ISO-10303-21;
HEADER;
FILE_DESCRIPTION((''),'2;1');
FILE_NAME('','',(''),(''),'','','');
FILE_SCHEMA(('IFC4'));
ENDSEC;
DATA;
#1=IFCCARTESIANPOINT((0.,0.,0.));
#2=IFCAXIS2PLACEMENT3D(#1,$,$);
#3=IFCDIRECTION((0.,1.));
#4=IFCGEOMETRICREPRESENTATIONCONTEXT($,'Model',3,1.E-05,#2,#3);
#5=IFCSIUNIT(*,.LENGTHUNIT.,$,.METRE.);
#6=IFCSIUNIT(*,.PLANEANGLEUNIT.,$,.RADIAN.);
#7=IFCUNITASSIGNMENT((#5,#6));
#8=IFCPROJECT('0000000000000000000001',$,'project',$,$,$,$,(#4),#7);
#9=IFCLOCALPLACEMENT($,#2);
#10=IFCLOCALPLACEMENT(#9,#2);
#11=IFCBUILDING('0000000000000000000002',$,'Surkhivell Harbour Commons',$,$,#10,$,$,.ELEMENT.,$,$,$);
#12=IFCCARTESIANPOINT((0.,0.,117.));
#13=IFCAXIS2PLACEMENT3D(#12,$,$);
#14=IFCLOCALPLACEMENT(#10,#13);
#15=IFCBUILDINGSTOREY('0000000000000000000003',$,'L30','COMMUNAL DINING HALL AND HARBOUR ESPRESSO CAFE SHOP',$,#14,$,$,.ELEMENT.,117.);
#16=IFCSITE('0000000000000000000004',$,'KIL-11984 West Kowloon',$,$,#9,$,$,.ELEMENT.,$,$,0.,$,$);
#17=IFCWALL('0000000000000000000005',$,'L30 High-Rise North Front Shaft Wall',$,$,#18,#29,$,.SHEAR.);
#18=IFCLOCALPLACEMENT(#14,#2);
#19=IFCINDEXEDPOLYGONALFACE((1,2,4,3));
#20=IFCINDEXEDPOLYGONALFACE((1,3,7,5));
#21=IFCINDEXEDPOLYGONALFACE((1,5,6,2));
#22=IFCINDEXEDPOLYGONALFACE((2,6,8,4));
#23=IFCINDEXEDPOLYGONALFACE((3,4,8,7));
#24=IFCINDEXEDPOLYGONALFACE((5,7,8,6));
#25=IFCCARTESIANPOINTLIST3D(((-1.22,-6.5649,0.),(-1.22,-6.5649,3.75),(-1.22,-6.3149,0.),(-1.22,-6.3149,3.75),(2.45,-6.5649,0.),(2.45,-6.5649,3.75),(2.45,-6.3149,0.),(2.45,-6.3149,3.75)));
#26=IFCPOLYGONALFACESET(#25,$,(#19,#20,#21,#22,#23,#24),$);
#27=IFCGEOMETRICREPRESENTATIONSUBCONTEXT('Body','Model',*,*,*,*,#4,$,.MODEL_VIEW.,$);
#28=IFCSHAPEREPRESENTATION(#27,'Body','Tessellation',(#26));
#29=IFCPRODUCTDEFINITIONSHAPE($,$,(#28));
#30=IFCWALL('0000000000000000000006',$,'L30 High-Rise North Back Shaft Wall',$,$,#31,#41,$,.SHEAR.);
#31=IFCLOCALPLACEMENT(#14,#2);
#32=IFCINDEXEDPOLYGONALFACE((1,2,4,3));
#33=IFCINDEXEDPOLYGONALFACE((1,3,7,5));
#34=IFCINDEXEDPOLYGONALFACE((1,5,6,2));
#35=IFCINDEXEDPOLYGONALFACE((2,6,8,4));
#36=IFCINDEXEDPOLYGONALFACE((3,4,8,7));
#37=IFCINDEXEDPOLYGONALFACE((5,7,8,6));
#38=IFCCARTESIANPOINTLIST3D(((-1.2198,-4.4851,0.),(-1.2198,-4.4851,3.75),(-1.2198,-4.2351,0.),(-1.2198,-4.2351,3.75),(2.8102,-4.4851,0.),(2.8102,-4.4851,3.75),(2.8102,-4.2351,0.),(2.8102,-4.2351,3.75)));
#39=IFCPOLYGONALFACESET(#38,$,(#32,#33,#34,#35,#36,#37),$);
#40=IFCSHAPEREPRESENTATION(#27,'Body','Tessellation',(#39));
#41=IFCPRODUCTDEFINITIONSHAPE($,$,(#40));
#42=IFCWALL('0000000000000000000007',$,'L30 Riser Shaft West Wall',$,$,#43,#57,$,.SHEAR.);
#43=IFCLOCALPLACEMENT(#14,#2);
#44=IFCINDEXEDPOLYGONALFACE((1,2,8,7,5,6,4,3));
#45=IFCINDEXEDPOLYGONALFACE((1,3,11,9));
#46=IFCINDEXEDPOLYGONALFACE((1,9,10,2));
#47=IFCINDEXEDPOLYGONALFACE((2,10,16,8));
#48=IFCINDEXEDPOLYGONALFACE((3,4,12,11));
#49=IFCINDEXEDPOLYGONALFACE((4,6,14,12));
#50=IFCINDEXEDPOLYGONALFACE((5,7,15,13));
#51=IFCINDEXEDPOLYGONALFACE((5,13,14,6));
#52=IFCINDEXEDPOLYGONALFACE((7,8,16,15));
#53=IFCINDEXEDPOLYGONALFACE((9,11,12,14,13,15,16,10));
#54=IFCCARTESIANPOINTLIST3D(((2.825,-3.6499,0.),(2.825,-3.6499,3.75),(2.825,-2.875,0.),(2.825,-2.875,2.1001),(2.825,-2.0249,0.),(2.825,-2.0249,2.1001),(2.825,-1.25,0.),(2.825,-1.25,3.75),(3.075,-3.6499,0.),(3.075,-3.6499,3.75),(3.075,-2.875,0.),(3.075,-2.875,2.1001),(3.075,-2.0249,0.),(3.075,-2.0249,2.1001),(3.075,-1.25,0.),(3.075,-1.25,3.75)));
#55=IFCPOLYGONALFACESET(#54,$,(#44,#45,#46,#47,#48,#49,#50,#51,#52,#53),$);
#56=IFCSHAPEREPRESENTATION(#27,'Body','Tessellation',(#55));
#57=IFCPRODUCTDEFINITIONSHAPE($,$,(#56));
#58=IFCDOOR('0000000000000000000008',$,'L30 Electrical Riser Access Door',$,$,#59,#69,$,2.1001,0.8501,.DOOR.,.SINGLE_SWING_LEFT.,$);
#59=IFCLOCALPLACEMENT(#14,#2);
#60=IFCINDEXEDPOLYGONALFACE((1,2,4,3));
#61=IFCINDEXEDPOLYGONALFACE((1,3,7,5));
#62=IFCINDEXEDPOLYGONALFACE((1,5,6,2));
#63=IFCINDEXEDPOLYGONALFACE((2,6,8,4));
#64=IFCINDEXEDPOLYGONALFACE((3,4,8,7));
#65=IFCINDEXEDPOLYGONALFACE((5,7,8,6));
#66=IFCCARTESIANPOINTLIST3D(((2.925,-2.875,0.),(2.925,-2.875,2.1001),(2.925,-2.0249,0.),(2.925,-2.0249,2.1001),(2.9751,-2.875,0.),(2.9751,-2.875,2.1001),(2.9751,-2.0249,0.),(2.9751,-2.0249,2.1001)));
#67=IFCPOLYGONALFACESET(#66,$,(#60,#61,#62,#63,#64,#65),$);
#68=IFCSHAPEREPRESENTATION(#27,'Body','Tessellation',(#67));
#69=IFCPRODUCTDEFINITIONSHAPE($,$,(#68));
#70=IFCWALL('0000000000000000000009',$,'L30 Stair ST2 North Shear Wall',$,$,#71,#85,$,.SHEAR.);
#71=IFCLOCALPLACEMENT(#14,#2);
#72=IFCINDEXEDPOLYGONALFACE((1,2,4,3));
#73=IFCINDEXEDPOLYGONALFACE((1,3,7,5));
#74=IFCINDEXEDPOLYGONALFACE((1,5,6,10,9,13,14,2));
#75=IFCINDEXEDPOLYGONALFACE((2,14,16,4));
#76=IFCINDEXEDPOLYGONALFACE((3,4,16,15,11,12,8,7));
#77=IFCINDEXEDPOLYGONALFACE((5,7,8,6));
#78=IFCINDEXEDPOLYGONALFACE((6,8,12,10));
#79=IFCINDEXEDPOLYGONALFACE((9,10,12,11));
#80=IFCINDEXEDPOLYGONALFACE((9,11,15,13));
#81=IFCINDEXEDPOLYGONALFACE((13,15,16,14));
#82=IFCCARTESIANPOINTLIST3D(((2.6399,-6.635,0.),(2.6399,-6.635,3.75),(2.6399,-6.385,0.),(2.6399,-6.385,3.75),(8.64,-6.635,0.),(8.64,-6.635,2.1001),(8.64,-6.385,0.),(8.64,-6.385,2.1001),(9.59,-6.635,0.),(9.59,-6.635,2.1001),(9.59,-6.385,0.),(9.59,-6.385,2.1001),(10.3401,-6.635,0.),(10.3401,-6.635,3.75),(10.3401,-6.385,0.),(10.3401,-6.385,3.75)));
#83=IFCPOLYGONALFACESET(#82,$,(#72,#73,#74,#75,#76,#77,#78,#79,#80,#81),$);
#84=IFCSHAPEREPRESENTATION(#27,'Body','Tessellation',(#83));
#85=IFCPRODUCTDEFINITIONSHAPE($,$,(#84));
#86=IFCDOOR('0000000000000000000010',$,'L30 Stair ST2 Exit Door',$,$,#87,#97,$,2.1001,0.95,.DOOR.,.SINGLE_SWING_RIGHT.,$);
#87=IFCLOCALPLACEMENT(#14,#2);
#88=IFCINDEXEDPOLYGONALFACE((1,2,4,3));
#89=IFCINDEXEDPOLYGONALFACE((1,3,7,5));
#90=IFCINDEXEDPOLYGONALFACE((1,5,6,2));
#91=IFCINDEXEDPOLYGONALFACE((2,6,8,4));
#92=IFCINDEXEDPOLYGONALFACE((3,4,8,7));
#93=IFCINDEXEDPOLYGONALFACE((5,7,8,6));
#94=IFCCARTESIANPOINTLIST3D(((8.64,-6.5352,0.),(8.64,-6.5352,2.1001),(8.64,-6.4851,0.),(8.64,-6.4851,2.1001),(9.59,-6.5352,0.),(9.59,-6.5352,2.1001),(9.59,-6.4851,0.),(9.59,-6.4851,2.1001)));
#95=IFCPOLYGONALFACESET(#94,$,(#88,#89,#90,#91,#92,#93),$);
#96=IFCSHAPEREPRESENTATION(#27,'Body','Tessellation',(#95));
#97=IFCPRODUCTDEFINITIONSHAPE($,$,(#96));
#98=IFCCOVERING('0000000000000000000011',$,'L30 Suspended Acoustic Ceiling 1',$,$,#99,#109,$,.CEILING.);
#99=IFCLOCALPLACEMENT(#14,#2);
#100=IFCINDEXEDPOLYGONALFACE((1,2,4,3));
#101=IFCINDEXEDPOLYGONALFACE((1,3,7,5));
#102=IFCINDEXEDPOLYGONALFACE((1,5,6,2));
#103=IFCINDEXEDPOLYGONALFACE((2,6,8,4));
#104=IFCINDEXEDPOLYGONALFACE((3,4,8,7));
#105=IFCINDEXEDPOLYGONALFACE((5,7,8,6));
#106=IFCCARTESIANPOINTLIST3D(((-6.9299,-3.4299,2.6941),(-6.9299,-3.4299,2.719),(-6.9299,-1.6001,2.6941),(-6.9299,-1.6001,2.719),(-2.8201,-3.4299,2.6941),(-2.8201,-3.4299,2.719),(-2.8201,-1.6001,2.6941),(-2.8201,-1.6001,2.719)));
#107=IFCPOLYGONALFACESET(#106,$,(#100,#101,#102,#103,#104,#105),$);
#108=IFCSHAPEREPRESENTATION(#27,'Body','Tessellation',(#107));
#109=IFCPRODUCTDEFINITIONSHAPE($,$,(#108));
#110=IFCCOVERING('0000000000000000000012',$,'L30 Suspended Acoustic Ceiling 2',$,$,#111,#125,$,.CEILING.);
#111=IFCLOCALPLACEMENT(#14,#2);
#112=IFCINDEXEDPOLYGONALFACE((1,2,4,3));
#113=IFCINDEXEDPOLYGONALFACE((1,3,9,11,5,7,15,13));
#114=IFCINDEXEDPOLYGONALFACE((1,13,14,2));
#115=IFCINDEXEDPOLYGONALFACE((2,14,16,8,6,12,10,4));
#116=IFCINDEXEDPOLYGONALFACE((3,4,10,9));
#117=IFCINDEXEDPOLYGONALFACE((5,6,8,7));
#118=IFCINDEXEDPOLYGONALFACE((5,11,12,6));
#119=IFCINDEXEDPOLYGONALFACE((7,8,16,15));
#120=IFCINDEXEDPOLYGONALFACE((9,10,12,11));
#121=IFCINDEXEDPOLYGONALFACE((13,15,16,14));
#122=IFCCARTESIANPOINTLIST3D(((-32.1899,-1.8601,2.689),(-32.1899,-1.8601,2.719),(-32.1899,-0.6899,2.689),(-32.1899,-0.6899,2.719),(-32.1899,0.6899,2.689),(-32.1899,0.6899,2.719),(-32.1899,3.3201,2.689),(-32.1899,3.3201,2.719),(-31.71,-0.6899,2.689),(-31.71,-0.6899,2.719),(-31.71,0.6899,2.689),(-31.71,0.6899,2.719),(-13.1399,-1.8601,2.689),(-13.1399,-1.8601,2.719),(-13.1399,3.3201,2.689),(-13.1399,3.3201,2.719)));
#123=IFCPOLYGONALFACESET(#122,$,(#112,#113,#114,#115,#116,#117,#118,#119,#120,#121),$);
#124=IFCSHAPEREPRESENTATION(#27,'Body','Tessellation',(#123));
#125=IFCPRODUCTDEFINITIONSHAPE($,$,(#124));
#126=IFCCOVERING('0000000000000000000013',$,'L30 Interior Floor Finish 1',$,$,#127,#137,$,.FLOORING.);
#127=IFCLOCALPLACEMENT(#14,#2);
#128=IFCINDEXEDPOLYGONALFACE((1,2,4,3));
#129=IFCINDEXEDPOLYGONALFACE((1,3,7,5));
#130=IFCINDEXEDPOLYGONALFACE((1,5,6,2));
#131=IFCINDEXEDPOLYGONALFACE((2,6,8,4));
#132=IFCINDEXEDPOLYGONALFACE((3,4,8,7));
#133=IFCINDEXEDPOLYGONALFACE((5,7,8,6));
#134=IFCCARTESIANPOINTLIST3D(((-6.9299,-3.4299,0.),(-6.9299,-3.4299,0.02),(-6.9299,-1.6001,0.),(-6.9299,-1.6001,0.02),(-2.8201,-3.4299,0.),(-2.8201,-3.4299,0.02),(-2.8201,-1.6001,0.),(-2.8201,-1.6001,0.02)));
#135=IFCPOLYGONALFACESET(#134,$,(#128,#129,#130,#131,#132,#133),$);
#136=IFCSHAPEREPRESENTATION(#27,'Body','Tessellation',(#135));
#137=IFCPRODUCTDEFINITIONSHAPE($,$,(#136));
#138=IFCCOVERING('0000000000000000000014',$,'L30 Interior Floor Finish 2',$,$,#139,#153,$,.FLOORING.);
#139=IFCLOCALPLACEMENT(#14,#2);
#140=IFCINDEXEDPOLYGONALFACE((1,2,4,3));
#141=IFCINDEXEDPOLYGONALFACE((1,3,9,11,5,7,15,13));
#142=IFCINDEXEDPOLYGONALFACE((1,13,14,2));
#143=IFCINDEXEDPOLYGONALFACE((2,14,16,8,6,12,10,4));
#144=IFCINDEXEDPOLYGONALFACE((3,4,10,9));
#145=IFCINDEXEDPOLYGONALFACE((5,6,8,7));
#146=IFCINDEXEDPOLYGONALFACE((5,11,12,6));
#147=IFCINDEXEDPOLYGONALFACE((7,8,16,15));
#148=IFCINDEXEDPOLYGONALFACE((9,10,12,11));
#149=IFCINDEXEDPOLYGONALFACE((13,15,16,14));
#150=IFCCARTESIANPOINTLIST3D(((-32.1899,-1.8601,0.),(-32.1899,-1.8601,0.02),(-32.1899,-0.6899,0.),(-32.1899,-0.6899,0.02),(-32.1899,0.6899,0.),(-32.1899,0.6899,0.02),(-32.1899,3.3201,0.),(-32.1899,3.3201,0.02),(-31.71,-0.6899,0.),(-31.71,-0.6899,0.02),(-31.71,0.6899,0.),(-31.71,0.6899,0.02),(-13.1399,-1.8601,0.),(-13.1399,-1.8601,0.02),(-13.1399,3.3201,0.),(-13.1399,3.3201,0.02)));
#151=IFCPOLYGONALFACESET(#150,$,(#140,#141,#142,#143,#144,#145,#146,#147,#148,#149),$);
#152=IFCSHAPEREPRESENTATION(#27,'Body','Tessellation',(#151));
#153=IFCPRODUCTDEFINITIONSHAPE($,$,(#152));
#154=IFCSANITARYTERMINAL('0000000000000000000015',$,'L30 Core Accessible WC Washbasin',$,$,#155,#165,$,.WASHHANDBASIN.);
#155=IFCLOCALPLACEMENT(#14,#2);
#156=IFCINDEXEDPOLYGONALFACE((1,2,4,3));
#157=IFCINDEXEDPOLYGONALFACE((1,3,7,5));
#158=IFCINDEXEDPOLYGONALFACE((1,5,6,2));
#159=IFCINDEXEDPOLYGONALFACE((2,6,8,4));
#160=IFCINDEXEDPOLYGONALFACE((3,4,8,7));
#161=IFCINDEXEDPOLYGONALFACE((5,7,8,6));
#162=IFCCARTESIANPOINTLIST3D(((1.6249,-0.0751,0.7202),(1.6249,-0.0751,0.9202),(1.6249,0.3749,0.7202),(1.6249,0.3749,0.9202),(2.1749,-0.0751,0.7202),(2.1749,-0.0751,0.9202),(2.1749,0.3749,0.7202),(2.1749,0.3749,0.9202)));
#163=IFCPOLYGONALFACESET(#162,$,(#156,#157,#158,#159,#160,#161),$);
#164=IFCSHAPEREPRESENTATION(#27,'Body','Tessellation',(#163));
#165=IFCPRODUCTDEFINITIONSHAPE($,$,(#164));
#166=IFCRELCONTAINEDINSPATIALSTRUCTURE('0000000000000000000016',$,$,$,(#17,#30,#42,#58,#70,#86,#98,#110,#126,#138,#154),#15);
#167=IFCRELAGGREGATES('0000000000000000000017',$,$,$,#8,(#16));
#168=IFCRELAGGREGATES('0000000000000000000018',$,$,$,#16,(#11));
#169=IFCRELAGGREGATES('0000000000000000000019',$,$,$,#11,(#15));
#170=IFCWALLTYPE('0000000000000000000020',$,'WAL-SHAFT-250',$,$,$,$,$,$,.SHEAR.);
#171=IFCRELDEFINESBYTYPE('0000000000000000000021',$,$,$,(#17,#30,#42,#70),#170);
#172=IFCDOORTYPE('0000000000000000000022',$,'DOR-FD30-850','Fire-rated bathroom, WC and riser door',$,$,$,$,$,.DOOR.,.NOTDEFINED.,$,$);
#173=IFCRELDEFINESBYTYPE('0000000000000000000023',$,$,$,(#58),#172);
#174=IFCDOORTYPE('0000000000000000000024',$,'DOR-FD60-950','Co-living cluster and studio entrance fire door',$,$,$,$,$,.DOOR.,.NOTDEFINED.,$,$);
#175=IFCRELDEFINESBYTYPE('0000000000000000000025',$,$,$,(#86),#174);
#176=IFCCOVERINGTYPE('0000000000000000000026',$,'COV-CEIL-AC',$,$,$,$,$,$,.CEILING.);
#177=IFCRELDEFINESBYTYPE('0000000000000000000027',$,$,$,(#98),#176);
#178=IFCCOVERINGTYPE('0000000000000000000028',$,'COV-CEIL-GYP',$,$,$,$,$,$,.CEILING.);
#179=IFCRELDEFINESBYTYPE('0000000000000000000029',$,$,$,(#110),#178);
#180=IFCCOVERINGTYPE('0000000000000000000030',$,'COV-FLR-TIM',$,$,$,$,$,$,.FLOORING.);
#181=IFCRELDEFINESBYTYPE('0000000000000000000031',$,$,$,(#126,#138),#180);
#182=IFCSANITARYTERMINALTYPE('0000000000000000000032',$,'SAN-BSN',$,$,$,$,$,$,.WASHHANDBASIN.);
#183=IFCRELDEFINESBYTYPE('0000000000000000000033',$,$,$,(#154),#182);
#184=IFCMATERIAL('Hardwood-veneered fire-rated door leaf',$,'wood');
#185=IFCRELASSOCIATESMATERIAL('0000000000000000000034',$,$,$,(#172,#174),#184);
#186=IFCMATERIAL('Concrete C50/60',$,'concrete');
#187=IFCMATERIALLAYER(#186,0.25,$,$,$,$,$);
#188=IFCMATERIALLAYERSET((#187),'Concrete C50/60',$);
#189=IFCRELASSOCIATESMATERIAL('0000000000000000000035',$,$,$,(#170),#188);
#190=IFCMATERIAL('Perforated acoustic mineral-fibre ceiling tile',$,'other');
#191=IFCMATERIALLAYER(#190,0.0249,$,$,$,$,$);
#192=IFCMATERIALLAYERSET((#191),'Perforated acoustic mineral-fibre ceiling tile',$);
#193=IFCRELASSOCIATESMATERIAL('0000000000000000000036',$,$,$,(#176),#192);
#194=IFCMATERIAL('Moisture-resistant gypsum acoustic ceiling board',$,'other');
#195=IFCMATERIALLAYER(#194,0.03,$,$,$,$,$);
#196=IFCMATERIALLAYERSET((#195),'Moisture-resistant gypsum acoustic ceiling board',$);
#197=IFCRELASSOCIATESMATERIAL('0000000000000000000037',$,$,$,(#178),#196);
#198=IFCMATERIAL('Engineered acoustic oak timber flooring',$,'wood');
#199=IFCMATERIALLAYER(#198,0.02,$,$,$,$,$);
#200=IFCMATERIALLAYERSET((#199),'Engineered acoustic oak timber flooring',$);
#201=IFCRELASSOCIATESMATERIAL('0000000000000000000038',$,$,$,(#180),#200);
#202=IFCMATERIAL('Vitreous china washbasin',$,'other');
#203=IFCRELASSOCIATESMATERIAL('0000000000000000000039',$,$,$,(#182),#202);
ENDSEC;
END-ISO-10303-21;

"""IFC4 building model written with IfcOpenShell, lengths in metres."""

from ifc_helpers import new_model, si_unit, direction, frame, frame_2d, origin, origin_2d, place, context, subcontext, project, spatial, polyline, rectangle, outline, extrude, material, layer, layer_set, type_object, element, fill, save


model = new_model("IFC4")

# Units and contexts
model_context = context("Model", 3, precision=1e-05, world=origin(), true_north=direction((0.0, 1.0)))
body_context = subcontext(model_context, "Body", "Model", "MODEL_VIEW")
ifc_project = project(units=[si_unit("LENGTHUNIT", "METRE"), si_unit("PLANEANGLEUNIT", "RADIAN")], contexts=[model_context])

# Site, building, storey
site_placement = place(None, origin())
site = spatial("IfcSite", under=ifc_project, at=site_placement, Name="KIL-11984 West Kowloon", CompositionType="ELEMENT", RefElevation=0.0)
building_placement = place(site_placement, origin())
building = spatial("IfcBuilding", under=site, at=building_placement, Name="Surkhivell Harbour Commons", CompositionType="ELEMENT")
storey_placement = place(building_placement, frame((0.0, 0.0, 117.0)))
storey = spatial("IfcBuildingStorey", under=building, at=storey_placement, Name="L30", Description="COMMUNAL DINING HALL AND HARBOUR ESPRESSO CAFE SHOP", CompositionType="ELEMENT", Elevation=117.0)

# Shared definitions
ifc_material_1 = material(Name="Hardwood-veneered fire-rated door leaf", Category="wood")
door_type_1 = type_object("IfcDoorType", Name="DOR-FD30-850", Description="Fire-rated bathroom, WC and riser door", OperationType="NOTDEFINED", PredefinedType="DOOR", material=ifc_material_1)

# Walls
ifc_material_2 = material(Name="Concrete C50/60", Category="concrete")
ifc_layer_1 = layer(ifc_material_2, 0.25)
ifc_layer_set_1 = layer_set([ifc_layer_1], Name="Concrete C50/60")
wall_type_1 = type_object("IfcWallType", Name="WAL-SHAFT-250", PredefinedType="SHEAR", material=ifc_layer_set_1)
wall_1_placement = place(storey_placement, frame((-1.22, -6.4399, 0.0), z_axis=(0.0, 0.0, 1.0), x_axis=(1.0, 0.0, 0.0)))
element("IfcWall", 1, at=wall_1_placement, inside=storey, type_object=wall_type_1, Name="L30 High-Rise North Front Shaft Wall", PredefinedType="SHEAR", context=body_context, shape_type="SweptSolid", body=[
    extrude(rectangle(XDim=3.6699, YDim=0.25, at=frame_2d((1.835, 0.0))), origin(), (0.0, 0.0, 1.0), 3.75),
])
wall_2_placement = place(storey_placement, frame((-1.22, -4.3601, 0.0), z_axis=(0.0, 0.0, 1.0), x_axis=(1.0, 0.0, 0.0)))
element("IfcWall", 2, at=wall_2_placement, inside=storey, type_object=wall_type_1, Name="L30 High-Rise North Back Shaft Wall", PredefinedType="SHEAR", context=body_context, shape_type="SweptSolid", body=[
    extrude(rectangle(XDim=4.03, YDim=0.25, at=frame_2d((2.0151, 0.0))), origin(), (0.0, 0.0, 1.0), 3.75),
])

# Walls, openings, doors
wall_3_placement = place(storey_placement, frame((2.95, -3.6499, 0.0), z_axis=(0.0, 0.0, 1.0), x_axis=(0.0, 1.0, 0.0)))
wall_3 = element("IfcWall", 3, at=wall_3_placement, inside=storey, type_object=wall_type_1, Name="L30 Riser Shaft West Wall", PredefinedType="SHEAR", context=body_context, shape_type="SweptSolid", body=[
    extrude(rectangle(XDim=2.3999, YDim=0.25, at=frame_2d((1.2, 0.0))), origin(), (0.0, 0.0, 1.0), 3.75),
])
opening_1_placement = place(wall_3_placement, frame((0.7749, 0.0, 0.0)))
opening_1 = element("IfcOpeningElement", 4, at=opening_1_placement, cuts=wall_3, PredefinedType="OPENING", context=body_context, shape_type="SweptSolid", body=[
    extrude(rectangle(XDim=0.8501, YDim=2.1001, at=frame_2d((0.425, 1.05))), frame((0.0, 0.135, 0.0), z_axis=(0.0, -1.0, 0.0), x_axis=(1.0, 0.0, 0.0)), (0.0, 0.0, 1.0), 0.27),
])
door_1_placement = place(opening_1_placement, origin())
door_1 = element("IfcDoor", 5, at=door_1_placement, inside=storey, type_object=door_type_1, Name="L30 Electrical Riser Access Door", OperationType="SINGLE_SWING_LEFT", OverallHeight=2.1001, OverallWidth=0.8501, PredefinedType="DOOR", context=body_context, shape_type="SweptSolid", body=[
    extrude(rectangle(XDim=0.8501, YDim=2.1001, at=frame_2d((0.425, 1.05))), frame((0.0, 0.0249, 0.0), z_axis=(0.0, -1.0, 0.0), x_axis=(1.0, 0.0, 0.0)), (0.0, 0.0, 1.0), 0.05),
])
fill(opening_1, door_1)
wall_4_placement = place(storey_placement, frame((2.6399, -6.51, 0.0), z_axis=(0.0, 0.0, 1.0), x_axis=(1.0, 0.0, 0.0)))
wall_4 = element("IfcWall", 6, at=wall_4_placement, inside=storey, type_object=wall_type_1, Name="L30 Stair ST2 North Shear Wall", PredefinedType="SHEAR", context=body_context, shape_type="SweptSolid", body=[
    extrude(rectangle(XDim=7.7002, YDim=0.25, at=frame_2d((3.8501, 0.0))), origin(), (0.0, 0.0, 1.0), 3.75),
])
opening_2_placement = place(wall_4_placement, frame((6.0, 0.0, 0.0)))
opening_2 = element("IfcOpeningElement", 7, at=opening_2_placement, cuts=wall_4, PredefinedType="OPENING", context=body_context, shape_type="SweptSolid", body=[
    extrude(rectangle(XDim=0.95, YDim=2.1001, at=frame_2d((0.4751, 1.05))), frame((0.0, 0.135, 0.0), z_axis=(0.0, -1.0, 0.0), x_axis=(1.0, 0.0, 0.0)), (0.0, 0.0, 1.0), 0.27),
])
door_type_2 = type_object("IfcDoorType", Name="DOR-FD60-950", Description="Co-living cluster and studio entrance fire door", OperationType="NOTDEFINED", PredefinedType="DOOR", material=ifc_material_1)
door_2_placement = place(opening_2_placement, origin())
door_2 = element("IfcDoor", 8, at=door_2_placement, inside=storey, type_object=door_type_2, Name="L30 Stair ST2 Exit Door", OperationType="SINGLE_SWING_RIGHT", OverallHeight=2.1001, OverallWidth=0.95, PredefinedType="DOOR", context=body_context, shape_type="SweptSolid", body=[
    extrude(rectangle(XDim=0.95, YDim=2.1001, at=frame_2d((0.4751, 1.05))), frame((0.0, 0.0249, 0.0), z_axis=(0.0, -1.0, 0.0), x_axis=(1.0, 0.0, 0.0)), (0.0, 0.0, 1.0), 0.05),
])
fill(opening_2, door_2)

# Coverings
ifc_material_3 = material(Name="Perforated acoustic mineral-fibre ceiling tile", Category="other")
ifc_layer_2 = layer(ifc_material_3, 0.0249)
ifc_layer_set_2 = layer_set([ifc_layer_2], Name="Perforated acoustic mineral-fibre ceiling tile")
covering_type_1 = type_object("IfcCoveringType", Name="COV-CEIL-AC", PredefinedType="CEILING", material=ifc_layer_set_2)
covering_1_placement = place(storey_placement, frame((0.0, 0.0, 2.6941)))
element("IfcCovering", 9, at=covering_1_placement, inside=storey, type_object=covering_type_1, Name="L30 Suspended Acoustic Ceiling 1", PredefinedType="CEILING", context=body_context, shape_type="SweptSolid", body=[
    extrude(outline(polyline([(-6.9299, -3.4299), (-2.8201, -3.4299), (-2.8201, -1.6001), (-6.9299, -1.6001), (-6.9299, -3.4299)])), origin(), (0.0, 0.0, 1.0), 0.0249),
])
ifc_material_4 = material(Name="Moisture-resistant gypsum acoustic ceiling board", Category="other")
ifc_layer_3 = layer(ifc_material_4, 0.03)
ifc_layer_set_3 = layer_set([ifc_layer_3], Name="Moisture-resistant gypsum acoustic ceiling board")
covering_type_2 = type_object("IfcCoveringType", Name="COV-CEIL-GYP", PredefinedType="CEILING", material=ifc_layer_set_3)
covering_2_placement = place(storey_placement, frame((0.0, 0.0, 2.689)))
element("IfcCovering", 10, at=covering_2_placement, inside=storey, type_object=covering_type_2, Name="L30 Suspended Acoustic Ceiling 2", PredefinedType="CEILING", context=body_context, shape_type="SweptSolid", body=[
    extrude(outline(polyline([(-13.1399, -1.8601), (-13.1399, 3.3201), (-32.1899, 3.3201), (-32.1899, 0.6899), (-31.71, 0.6899), (-31.71, -0.6899), (-32.1899, -0.6899), (-32.1899, -1.8601), (-13.1399, -1.8601)])), origin(), (0.0, 0.0, 1.0), 0.03),
])
ifc_material_5 = material(Name="Engineered acoustic oak timber flooring", Category="wood")
ifc_layer_4 = layer(ifc_material_5, 0.02)
ifc_layer_set_4 = layer_set([ifc_layer_4], Name="Engineered acoustic oak timber flooring")
covering_type_3 = type_object("IfcCoveringType", Name="COV-FLR-TIM", PredefinedType="FLOORING", material=ifc_layer_set_4)
covering_3_placement = place(storey_placement, origin())
element("IfcCovering", 11, at=covering_3_placement, inside=storey, type_object=covering_type_3, Name="L30 Interior Floor Finish 1", PredefinedType="FLOORING", context=body_context, shape_type="SweptSolid", body=[
    extrude(outline(polyline([(-6.9299, -3.4299), (-2.8201, -3.4299), (-2.8201, -1.6001), (-6.9299, -1.6001), (-6.9299, -3.4299)])), origin(), (0.0, 0.0, 1.0), 0.02),
])
covering_4_placement = place(storey_placement, origin())
element("IfcCovering", 12, at=covering_4_placement, inside=storey, type_object=covering_type_3, Name="L30 Interior Floor Finish 2", PredefinedType="FLOORING", context=body_context, shape_type="SweptSolid", body=[
    extrude(outline(polyline([(-13.1399, -1.8601), (-13.1399, 3.3201), (-32.1899, 3.3201), (-32.1899, 0.6899), (-31.71, 0.6899), (-31.71, -0.6899), (-32.1899, -0.6899), (-32.1899, -1.8601), (-13.1399, -1.8601)])), origin(), (0.0, 0.0, 1.0), 0.02),
])

# Sanitary terminal
ifc_material_6 = material(Name="Vitreous china washbasin", Category="other")
sanitary_terminal_type_1 = type_object("IfcSanitaryTerminalType", Name="SAN-BSN", PredefinedType="WASHHANDBASIN", material=ifc_material_6)
sanitary_terminal_1_placement = place(storey_placement, frame((1.8999, 0.1499, 0.7202), z_axis=(0.0, 0.0, 1.0), x_axis=(1.0, 0.0, 0.0)))
element("IfcSanitaryTerminal", 13, at=sanitary_terminal_1_placement, inside=storey, type_object=sanitary_terminal_type_1, Name="L30 Core Accessible WC Washbasin", PredefinedType="WASHHANDBASIN", context=body_context, shape_type="SweptSolid", body=[
    extrude(rectangle(XDim=0.55, YDim=0.45, at=origin_2d()), origin(), (0.0, 0.0, 1.0), 0.2),
])

save(model, "model.ifc")
